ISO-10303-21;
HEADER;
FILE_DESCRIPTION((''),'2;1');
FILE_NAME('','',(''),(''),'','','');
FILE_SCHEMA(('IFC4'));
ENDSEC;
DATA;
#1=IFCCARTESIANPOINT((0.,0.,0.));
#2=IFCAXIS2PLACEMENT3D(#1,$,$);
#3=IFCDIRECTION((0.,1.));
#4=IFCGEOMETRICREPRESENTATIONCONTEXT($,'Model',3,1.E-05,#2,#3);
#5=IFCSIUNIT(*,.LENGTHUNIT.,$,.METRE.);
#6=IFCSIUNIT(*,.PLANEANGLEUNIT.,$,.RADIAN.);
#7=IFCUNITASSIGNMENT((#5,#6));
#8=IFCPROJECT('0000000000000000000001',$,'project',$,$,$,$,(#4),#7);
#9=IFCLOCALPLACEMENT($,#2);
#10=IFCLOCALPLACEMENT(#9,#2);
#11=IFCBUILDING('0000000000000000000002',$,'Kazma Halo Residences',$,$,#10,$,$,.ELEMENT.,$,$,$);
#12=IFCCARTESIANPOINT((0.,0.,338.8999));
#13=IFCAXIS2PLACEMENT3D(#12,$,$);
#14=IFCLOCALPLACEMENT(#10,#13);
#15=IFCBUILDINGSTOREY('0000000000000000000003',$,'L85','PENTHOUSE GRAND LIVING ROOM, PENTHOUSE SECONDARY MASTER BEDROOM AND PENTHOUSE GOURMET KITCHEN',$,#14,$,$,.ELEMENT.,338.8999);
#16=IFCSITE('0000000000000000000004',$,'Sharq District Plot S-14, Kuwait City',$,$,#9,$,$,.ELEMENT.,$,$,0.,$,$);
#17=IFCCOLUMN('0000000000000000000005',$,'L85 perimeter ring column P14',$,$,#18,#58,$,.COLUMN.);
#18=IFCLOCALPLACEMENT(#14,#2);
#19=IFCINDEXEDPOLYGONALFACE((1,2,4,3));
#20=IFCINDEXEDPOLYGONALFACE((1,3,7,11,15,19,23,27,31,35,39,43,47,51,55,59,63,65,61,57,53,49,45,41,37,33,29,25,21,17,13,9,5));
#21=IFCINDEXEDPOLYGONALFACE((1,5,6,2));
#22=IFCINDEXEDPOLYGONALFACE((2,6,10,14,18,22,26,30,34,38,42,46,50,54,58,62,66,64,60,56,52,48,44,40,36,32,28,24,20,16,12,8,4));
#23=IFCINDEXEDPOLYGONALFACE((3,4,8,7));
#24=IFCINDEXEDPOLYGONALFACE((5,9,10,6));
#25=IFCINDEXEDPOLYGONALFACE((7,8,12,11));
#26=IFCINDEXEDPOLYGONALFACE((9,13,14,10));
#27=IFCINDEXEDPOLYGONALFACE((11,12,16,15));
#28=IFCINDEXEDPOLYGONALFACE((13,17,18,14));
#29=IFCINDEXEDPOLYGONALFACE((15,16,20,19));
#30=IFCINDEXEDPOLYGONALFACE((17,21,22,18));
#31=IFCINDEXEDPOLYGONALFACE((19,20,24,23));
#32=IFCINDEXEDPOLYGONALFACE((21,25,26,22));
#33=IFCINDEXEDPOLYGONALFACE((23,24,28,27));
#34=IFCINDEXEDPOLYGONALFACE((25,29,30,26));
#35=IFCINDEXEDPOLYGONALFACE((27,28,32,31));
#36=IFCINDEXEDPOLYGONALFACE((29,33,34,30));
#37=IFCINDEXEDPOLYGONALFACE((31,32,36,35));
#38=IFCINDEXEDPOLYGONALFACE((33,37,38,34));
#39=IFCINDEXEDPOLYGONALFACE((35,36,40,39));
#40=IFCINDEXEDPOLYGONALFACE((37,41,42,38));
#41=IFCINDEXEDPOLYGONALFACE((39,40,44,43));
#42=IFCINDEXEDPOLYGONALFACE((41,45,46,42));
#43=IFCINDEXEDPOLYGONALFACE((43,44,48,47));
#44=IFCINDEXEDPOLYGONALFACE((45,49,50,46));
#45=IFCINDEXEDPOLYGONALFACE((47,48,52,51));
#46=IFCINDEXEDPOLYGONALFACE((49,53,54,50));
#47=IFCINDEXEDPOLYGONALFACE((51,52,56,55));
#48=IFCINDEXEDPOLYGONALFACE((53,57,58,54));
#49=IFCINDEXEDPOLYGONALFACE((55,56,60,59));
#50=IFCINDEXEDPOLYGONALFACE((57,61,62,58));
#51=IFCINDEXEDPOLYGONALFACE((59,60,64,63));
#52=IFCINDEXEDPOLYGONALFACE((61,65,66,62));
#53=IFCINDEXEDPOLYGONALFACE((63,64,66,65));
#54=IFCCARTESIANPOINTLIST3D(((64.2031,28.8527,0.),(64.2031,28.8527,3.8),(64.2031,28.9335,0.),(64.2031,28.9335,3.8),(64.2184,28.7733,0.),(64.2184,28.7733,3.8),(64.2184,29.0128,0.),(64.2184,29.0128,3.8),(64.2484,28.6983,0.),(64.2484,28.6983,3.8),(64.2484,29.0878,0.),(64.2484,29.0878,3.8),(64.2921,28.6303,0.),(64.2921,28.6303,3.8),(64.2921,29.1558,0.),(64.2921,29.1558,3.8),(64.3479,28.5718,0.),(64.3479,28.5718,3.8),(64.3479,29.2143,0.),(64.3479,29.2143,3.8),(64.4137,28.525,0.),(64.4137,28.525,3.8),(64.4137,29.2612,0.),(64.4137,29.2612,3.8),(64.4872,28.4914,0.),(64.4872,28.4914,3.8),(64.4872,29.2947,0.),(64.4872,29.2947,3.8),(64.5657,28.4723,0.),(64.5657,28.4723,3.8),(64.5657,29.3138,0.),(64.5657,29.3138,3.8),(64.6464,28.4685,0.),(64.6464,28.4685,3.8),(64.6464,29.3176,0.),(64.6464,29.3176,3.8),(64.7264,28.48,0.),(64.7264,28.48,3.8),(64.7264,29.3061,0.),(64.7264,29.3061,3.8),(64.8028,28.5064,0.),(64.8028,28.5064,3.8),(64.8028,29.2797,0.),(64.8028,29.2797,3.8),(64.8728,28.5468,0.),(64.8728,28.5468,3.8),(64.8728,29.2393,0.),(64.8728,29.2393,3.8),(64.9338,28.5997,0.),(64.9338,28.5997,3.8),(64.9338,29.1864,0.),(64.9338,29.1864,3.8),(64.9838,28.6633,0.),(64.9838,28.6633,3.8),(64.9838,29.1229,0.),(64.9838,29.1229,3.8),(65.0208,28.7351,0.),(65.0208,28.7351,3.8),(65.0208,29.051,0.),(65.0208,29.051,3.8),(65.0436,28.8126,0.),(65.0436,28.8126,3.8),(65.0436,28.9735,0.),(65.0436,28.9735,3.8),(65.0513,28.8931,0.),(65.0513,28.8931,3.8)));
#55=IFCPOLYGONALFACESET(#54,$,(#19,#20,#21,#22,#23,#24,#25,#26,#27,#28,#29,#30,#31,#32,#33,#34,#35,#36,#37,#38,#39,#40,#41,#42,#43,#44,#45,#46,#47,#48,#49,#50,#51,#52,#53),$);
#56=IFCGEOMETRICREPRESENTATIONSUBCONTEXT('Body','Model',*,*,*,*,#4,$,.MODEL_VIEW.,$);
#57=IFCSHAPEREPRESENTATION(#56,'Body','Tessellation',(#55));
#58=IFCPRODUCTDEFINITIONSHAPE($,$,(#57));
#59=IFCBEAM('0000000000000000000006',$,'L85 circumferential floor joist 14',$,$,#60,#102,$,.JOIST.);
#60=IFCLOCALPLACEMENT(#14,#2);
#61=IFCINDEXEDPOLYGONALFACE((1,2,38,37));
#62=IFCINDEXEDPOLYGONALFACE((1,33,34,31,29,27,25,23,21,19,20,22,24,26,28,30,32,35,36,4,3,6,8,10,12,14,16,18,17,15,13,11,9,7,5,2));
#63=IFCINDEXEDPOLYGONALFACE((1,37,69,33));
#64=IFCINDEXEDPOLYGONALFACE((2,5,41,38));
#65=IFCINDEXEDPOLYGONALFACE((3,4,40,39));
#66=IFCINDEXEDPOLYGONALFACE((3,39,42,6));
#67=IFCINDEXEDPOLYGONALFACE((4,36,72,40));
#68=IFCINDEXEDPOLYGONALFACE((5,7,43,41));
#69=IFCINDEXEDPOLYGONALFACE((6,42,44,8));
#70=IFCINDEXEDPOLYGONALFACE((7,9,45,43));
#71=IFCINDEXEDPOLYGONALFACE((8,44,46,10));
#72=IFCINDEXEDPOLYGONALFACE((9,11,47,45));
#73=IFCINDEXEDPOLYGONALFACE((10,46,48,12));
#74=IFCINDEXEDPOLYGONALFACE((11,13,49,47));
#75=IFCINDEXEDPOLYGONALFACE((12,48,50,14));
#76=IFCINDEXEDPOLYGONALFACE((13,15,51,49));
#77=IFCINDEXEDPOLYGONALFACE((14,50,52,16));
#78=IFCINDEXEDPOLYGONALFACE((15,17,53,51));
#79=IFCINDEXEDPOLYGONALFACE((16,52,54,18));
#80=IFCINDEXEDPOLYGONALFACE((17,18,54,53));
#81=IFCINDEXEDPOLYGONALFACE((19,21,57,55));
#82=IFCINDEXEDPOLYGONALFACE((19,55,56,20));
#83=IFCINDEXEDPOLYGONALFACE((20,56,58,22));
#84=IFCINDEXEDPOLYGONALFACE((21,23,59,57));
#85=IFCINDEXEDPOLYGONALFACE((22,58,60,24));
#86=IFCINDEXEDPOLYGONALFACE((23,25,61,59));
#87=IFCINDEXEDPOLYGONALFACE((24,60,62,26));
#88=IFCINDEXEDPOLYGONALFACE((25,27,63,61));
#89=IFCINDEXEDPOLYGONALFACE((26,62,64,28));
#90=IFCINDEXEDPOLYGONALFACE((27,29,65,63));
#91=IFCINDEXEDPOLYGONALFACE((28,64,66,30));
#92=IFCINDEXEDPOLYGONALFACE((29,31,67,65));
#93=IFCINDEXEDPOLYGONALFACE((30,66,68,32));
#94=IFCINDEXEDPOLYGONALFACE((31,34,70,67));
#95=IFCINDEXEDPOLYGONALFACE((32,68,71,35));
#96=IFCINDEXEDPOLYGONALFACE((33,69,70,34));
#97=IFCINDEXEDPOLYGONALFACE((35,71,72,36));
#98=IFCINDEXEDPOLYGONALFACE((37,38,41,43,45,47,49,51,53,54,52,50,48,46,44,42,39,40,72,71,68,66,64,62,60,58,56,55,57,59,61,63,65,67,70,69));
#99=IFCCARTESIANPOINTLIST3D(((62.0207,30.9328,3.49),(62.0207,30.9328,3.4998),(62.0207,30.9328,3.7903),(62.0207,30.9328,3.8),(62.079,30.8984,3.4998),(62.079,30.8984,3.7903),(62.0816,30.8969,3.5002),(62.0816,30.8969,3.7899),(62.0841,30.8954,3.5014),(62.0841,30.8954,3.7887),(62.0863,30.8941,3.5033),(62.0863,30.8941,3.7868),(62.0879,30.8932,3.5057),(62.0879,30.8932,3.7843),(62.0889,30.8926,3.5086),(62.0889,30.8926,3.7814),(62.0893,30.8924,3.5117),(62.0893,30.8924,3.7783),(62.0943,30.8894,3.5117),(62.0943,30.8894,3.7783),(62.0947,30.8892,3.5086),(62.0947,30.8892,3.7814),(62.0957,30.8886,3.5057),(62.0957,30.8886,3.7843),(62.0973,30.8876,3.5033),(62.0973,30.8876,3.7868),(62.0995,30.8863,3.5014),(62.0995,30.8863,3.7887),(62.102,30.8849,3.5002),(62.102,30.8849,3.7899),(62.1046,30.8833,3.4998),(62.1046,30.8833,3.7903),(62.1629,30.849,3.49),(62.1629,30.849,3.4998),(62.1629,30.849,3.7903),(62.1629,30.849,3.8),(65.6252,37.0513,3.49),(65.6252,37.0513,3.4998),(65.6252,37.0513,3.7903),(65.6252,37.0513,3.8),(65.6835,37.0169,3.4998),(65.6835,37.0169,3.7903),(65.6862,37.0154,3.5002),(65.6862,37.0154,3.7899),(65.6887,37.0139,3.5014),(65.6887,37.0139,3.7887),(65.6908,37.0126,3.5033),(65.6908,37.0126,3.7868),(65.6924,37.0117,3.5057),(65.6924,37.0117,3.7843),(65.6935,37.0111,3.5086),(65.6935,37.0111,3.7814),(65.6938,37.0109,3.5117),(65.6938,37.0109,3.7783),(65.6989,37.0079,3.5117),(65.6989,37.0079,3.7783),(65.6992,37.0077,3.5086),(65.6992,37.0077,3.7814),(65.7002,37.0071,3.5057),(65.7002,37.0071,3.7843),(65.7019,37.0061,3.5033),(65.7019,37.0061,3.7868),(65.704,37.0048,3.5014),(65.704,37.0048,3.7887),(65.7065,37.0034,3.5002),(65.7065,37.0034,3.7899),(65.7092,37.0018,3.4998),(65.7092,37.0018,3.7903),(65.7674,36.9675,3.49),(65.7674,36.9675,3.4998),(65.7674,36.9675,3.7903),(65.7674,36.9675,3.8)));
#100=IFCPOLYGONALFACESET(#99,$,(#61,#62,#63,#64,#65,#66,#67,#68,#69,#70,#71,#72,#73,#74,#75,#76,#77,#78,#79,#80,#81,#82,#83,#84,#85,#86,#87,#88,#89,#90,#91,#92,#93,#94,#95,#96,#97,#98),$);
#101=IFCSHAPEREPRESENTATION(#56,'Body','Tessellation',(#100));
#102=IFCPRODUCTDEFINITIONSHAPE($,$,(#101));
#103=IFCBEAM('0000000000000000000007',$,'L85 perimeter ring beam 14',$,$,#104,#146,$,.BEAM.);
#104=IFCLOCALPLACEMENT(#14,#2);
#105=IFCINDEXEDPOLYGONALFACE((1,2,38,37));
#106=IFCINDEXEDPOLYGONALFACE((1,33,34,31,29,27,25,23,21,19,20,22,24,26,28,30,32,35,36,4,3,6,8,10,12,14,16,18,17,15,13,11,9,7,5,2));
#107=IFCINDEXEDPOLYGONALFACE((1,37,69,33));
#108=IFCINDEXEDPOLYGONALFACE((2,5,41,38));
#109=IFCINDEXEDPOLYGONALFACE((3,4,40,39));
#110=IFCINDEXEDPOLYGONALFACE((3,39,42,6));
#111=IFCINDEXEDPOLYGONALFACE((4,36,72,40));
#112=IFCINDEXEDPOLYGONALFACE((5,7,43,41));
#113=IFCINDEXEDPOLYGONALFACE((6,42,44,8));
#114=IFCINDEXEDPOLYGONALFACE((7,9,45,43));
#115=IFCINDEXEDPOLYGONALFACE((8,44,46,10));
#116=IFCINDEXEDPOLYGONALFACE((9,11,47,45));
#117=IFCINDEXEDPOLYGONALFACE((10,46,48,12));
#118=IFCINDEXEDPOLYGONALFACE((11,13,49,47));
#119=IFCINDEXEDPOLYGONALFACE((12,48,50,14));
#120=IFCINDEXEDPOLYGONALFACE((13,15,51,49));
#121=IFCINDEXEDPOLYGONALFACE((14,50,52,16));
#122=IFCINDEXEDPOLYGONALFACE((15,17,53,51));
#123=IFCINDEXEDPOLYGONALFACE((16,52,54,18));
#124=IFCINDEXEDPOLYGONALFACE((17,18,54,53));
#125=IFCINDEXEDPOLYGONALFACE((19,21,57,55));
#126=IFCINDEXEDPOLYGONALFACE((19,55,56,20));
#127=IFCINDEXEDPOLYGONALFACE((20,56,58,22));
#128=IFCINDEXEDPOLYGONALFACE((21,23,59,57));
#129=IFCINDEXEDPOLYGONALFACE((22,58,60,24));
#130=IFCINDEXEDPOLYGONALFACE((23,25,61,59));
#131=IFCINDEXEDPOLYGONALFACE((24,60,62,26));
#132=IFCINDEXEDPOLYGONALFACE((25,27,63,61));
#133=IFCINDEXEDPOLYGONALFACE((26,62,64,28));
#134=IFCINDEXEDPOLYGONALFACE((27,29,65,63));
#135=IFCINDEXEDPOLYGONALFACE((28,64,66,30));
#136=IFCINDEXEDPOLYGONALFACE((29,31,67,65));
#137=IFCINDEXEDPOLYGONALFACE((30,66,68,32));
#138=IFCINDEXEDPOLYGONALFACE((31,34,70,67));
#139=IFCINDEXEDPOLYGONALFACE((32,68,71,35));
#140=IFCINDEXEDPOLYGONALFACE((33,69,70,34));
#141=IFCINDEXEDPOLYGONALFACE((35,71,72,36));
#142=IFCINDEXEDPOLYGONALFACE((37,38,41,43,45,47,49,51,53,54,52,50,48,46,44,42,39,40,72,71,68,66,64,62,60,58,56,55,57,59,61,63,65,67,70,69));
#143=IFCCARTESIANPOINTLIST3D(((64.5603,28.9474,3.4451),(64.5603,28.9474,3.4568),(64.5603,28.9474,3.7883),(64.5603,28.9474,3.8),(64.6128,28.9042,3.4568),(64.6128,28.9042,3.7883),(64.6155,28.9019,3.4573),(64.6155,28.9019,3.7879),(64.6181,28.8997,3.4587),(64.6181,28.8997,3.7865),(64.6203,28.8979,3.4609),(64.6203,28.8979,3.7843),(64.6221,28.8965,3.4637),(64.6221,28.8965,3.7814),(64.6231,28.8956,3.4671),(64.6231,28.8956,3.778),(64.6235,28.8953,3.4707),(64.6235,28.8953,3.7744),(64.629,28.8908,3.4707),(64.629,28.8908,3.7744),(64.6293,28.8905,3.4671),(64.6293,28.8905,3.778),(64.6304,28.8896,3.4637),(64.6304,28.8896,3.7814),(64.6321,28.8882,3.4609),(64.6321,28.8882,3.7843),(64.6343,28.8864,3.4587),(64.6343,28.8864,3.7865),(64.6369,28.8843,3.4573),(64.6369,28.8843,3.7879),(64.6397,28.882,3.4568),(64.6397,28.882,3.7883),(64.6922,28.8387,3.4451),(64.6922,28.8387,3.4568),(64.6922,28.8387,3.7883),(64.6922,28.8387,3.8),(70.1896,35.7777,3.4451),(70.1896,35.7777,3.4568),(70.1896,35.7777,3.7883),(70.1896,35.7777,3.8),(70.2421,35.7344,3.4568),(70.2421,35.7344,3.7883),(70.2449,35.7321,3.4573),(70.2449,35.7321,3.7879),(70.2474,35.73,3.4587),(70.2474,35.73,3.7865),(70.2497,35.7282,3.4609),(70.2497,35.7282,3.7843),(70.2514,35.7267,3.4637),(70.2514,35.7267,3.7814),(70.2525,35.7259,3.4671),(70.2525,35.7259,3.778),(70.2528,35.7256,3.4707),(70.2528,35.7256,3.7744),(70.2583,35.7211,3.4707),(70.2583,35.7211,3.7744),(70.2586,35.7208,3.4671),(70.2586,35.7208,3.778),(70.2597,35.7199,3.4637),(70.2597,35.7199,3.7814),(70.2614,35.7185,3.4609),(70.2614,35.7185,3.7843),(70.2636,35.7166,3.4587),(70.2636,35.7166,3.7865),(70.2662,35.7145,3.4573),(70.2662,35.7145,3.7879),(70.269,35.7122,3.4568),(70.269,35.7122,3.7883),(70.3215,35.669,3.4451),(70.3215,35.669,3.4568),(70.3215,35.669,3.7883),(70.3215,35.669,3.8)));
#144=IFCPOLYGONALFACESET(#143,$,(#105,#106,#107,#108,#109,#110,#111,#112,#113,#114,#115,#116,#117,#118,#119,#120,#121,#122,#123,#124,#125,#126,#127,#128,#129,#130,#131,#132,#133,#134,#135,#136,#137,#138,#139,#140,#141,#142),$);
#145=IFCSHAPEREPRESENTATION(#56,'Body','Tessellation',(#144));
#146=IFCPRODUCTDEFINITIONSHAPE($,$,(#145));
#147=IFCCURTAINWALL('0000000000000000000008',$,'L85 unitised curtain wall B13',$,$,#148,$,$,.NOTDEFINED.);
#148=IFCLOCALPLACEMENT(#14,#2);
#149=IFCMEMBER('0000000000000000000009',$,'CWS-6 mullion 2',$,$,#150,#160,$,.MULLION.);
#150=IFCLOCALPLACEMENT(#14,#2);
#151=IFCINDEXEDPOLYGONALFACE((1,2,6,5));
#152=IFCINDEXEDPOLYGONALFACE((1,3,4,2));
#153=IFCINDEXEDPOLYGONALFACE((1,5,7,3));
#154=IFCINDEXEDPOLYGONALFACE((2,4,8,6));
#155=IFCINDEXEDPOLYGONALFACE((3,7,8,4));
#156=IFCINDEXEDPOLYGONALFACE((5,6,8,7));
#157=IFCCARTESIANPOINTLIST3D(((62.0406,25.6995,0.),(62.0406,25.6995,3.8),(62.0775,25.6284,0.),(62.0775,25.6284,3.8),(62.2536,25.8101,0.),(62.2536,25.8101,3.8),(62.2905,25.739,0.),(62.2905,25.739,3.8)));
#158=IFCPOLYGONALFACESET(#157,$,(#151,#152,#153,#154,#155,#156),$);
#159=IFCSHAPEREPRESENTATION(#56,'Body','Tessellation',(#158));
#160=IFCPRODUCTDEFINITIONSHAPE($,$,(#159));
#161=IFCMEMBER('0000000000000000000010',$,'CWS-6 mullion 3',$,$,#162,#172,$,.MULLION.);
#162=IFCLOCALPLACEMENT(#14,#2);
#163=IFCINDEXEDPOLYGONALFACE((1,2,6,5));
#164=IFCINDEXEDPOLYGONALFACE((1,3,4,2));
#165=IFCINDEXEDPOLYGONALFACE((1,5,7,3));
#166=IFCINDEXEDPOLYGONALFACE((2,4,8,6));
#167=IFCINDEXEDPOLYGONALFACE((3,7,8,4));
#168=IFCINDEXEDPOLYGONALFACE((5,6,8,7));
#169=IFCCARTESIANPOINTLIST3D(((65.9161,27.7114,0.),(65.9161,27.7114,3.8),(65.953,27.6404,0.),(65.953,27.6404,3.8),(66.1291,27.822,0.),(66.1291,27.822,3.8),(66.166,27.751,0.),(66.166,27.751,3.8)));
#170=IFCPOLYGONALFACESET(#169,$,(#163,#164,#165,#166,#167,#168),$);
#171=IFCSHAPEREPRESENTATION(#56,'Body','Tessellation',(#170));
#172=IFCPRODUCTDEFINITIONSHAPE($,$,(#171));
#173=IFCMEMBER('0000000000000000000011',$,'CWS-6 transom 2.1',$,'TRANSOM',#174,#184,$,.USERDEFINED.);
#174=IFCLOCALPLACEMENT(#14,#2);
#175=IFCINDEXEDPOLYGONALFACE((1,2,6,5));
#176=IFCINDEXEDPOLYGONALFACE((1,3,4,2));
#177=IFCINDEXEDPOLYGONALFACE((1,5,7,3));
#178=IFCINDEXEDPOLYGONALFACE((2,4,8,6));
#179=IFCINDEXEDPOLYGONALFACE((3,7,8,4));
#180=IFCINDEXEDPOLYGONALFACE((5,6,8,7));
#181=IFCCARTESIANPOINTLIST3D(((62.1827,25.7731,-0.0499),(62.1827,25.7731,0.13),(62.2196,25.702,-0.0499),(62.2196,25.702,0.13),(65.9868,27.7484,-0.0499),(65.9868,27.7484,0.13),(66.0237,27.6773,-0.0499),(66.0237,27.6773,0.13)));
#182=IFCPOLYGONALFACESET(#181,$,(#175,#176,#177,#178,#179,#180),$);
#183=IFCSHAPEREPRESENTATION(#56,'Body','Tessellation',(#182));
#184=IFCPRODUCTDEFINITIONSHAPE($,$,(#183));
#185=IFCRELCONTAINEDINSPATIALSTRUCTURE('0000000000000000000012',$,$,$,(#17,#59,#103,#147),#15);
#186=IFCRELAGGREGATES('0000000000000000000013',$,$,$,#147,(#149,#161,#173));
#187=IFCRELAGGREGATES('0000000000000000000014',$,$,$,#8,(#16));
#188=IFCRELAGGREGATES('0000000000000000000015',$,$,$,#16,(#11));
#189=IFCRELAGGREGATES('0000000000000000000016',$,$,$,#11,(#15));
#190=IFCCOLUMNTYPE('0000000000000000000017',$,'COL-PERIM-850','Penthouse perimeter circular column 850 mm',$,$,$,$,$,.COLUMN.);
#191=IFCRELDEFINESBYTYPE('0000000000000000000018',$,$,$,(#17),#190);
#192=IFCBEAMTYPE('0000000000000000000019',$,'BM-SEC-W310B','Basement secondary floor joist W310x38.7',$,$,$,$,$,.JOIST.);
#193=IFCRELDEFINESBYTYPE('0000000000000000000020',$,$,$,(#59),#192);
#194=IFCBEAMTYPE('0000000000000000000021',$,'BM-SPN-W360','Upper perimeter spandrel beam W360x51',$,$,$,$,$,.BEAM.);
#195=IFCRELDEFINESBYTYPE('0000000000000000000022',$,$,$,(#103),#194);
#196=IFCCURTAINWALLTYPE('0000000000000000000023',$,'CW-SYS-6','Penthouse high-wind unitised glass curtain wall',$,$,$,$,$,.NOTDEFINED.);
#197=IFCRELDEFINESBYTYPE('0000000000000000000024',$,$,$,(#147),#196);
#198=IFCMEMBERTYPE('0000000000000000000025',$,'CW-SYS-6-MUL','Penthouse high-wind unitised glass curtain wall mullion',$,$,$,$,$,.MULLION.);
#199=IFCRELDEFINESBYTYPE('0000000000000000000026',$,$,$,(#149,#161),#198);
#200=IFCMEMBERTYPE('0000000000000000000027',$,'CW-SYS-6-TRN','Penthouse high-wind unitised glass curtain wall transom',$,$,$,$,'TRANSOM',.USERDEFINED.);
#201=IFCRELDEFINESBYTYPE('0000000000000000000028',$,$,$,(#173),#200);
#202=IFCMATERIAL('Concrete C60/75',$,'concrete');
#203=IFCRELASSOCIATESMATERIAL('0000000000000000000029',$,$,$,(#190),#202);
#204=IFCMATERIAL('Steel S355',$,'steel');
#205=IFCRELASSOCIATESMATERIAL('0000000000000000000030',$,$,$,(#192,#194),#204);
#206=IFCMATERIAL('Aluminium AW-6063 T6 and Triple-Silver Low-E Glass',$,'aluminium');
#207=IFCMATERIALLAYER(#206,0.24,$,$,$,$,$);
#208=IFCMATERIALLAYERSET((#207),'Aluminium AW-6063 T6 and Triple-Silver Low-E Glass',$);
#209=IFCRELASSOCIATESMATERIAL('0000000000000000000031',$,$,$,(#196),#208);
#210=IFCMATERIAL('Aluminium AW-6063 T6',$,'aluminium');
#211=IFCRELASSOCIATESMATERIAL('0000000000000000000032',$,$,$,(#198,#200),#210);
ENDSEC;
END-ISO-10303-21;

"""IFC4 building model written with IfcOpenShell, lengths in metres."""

from ifc_helpers import new_model, si_unit, direction, frame, origin, origin_2d, place, context, subcontext, project, spatial, rectangle, circle, i_section, extrude, material, layer, layer_set, material_profile, profile_set, type_object, element, aggregate, save


model = new_model("IFC4")

# Units and contexts
model_context = context("Model", 3, precision=1e-05, world=origin(), true_north=direction((0.0, 1.0)))
body_context = subcontext(model_context, "Body", "Model", "MODEL_VIEW")
ifc_project = project(units=[si_unit("LENGTHUNIT", "METRE"), si_unit("PLANEANGLEUNIT", "RADIAN")], contexts=[model_context])

# Site, building, storey
site_placement = place(None, origin())
site = spatial("IfcSite", under=ifc_project, at=site_placement, Name="Sharq District Plot S-14, Kuwait City", CompositionType="ELEMENT", RefElevation=0.0)
building_placement = place(site_placement, origin())
building = spatial("IfcBuilding", under=site, at=building_placement, Name="Kazma Halo Residences", CompositionType="ELEMENT")
storey_placement = place(building_placement, frame((0.0, 0.0, 338.8999)))
storey = spatial("IfcBuildingStorey", under=building, at=storey_placement, Name="L85", Description="PENTHOUSE GRAND LIVING ROOM, PENTHOUSE SECONDARY MASTER BEDROOM AND PENTHOUSE GOURMET KITCHEN", CompositionType="ELEMENT", Elevation=338.8999)

# Column
ifc_material_1 = material(Name="Concrete C60/75", Category="concrete")
ifc_material_profile_1 = material_profile(ifc_material_1, circle(Radius=0.425, at=origin_2d()), Name="CIRC850")
ifc_profile_set_1 = profile_set([ifc_material_profile_1], Name="Concrete C60/75")
column_type = type_object("IfcColumnType", Name="COL-PERIM-850", Description="Penthouse perimeter circular column 850 mm", PredefinedType="COLUMN", material=ifc_profile_set_1)
column_placement = place(storey_placement, frame((64.6262, 28.8931, 0.0), z_axis=(0.0, 0.0, 1.0), x_axis=(1.0, 0.0, 0.0)))
element("IfcColumn", 1, at=column_placement, inside=storey, type_object=column_type, Name="L85 perimeter ring column P14", PredefinedType="COLUMN", context=body_context, shape_type="SweptSolid", body=[
    extrude(circle(Radius=0.425, at=origin_2d()), origin(), (0.0, 0.0, 1.0), 3.8),
])

# Beams
ifc_material_2 = material(Name="Steel S355", Category="steel")
ifc_material_profile_2 = material_profile(ifc_material_2, i_section(OverallWidth=0.165, OverallDepth=0.3101, WebThickness=0.0059, FlangeThickness=0.0098, FilletRadius=0.012, at=origin_2d()), Name="W310x38.7")
ifc_profile_set_2 = profile_set([ifc_material_profile_2], Name="Steel S355")
beam_type_1 = type_object("IfcBeamType", Name="BM-SEC-W310B", Description="Basement secondary floor joist W310x38.7", PredefinedType="JOIST", material=ifc_profile_set_2)
beam_1_placement = place(storey_placement, frame((62.0918, 30.8909, 3.645), z_axis=(0.507588, 0.8616, 0.0), x_axis=(-0.8616, 0.507588, 0.0)))
element("IfcBeam", 2, at=beam_1_placement, inside=storey, type_object=beam_type_1, Name="L85 circumferential floor joist 14", PredefinedType="JOIST", context=body_context, shape_type="SweptSolid", body=[
    extrude(i_section(OverallWidth=0.165, OverallDepth=0.3101, WebThickness=0.0059, FlangeThickness=0.0098, FilletRadius=0.012, at=origin_2d()), origin(), (0.0, 0.0, 1.0), 7.1013),
])
ifc_material_profile_3 = material_profile(ifc_material_2, i_section(OverallWidth=0.1709, OverallDepth=0.355, WebThickness=0.0071, FlangeThickness=0.0117, FilletRadius=0.0139, at=origin_2d()), Name="W360x51")
ifc_profile_set_3 = profile_set([ifc_material_profile_3], Name="Steel S355")
beam_type_2 = type_object("IfcBeamType", Name="BM-SPN-W360", Description="Upper perimeter spandrel beam W360x51", PredefinedType="BEAM", material=ifc_profile_set_3)
beam_2_placement = place(storey_placement, frame((64.6262, 28.8931, 3.6226), z_axis=(0.636005, 0.771685, 0.0), x_axis=(-0.771685, 0.636005, 0.0)))
element("IfcBeam", 3, at=beam_2_placement, inside=storey, type_object=beam_type_2, Name="L85 perimeter ring beam 14", PredefinedType="BEAM", context=body_context, shape_type="SweptSolid", body=[
    extrude(i_section(OverallWidth=0.1709, OverallDepth=0.355, WebThickness=0.0071, FlangeThickness=0.0117, FilletRadius=0.0139, at=origin_2d()), origin(), (0.0, 0.0, 1.0), 8.8511),
])

# Curtain wall, members
ifc_material_3 = material(Name="Aluminium AW-6063 T6 and Triple-Silver Low-E Glass", Category="aluminium")
ifc_layer_1 = layer(ifc_material_3, 0.24)
ifc_layer_set_1 = layer_set([ifc_layer_1], Name="Aluminium AW-6063 T6 and Triple-Silver Low-E Glass")
curtain_wall_type = type_object("IfcCurtainWallType", Name="CW-SYS-6", Description="Penthouse high-wind unitised glass curtain wall", PredefinedType="NOTDEFINED", material=ifc_layer_set_1)
curtain_wall_placement = place(storey_placement, origin())
curtain_wall = element("IfcCurtainWall", 4, at=curtain_wall_placement, inside=storey, type_object=curtain_wall_type, Name="L85 unitised curtain wall B13", PredefinedType="NOTDEFINED")
ifc_material_4 = material(Name="Aluminium AW-6063 T6", Category="aluminium")
ifc_material_profile_4 = material_profile(ifc_material_4, rectangle(XDim=0.0801, YDim=0.24, at=origin_2d()), Name="CWM-80x240")
ifc_profile_set_4 = profile_set([ifc_material_profile_4], Name="Aluminium AW-6063 T6")
member_type_1 = type_object("IfcMemberType", Name="CW-SYS-6-MUL", Description="Penthouse high-wind unitised glass curtain wall mullion", PredefinedType="MULLION", material=ifc_profile_set_4)
member_1_placement = place(storey_placement, frame((62.1655, 25.7192, 0.0), z_axis=(0.0, 0.0, 1.0), x_axis=(-0.460796, 0.887506, 0.0)))
member_1 = element("IfcMember", 5, at=member_1_placement, type_object=member_type_1, Name="CWS-6 mullion 2", PredefinedType="MULLION", context=body_context, shape_type="SweptSolid", body=[
    extrude(rectangle(XDim=0.0801, YDim=0.24, at=origin_2d()), origin(), (0.0, 0.0, 1.0), 3.8),
])
member_2_placement = place(storey_placement, frame((66.041, 27.7312, 0.0), z_axis=(0.0, 0.0, 1.0), x_axis=(-0.460796, 0.887506, 0.0)))
member_2 = element("IfcMember", 6, at=member_2_placement, type_object=member_type_1, Name="CWS-6 mullion 3", PredefinedType="MULLION", context=body_context, shape_type="SweptSolid", body=[
    extrude(rectangle(XDim=0.0801, YDim=0.24, at=origin_2d()), origin(), (0.0, 0.0, 1.0), 3.8),
])
ifc_material_profile_5 = material_profile(ifc_material_4, rectangle(XDim=0.0801, YDim=0.1799, at=origin_2d()), Name="CWT-80x180")
ifc_profile_set_5 = profile_set([ifc_material_profile_5], Name="Aluminium AW-6063 T6")
member_type_2 = type_object("IfcMemberType", Name="CW-SYS-6-TRN", Description="Penthouse high-wind unitised glass curtain wall transom", ElementType="TRANSOM", PredefinedType="USERDEFINED", material=ifc_profile_set_5)
member_3_placement = place(storey_placement, frame((62.2012, 25.7375, 0.04), z_axis=(0.887488, 0.460831, 0.0), x_axis=(-0.460831, 0.887488, 0.0)))
member_3 = element("IfcMember", 7, at=member_3_placement, type_object=member_type_2, Name="CWS-6 transom 2.1", ObjectType="TRANSOM", PredefinedType="USERDEFINED", context=body_context, shape_type="SweptSolid", body=[
    extrude(rectangle(XDim=0.0801, YDim=0.1799, at=origin_2d()), origin(), (0.0, 0.0, 1.0), 4.2864),
])
aggregate(curtain_wall, [member_1, member_2, member_3])

save(model, "model.ifc")
